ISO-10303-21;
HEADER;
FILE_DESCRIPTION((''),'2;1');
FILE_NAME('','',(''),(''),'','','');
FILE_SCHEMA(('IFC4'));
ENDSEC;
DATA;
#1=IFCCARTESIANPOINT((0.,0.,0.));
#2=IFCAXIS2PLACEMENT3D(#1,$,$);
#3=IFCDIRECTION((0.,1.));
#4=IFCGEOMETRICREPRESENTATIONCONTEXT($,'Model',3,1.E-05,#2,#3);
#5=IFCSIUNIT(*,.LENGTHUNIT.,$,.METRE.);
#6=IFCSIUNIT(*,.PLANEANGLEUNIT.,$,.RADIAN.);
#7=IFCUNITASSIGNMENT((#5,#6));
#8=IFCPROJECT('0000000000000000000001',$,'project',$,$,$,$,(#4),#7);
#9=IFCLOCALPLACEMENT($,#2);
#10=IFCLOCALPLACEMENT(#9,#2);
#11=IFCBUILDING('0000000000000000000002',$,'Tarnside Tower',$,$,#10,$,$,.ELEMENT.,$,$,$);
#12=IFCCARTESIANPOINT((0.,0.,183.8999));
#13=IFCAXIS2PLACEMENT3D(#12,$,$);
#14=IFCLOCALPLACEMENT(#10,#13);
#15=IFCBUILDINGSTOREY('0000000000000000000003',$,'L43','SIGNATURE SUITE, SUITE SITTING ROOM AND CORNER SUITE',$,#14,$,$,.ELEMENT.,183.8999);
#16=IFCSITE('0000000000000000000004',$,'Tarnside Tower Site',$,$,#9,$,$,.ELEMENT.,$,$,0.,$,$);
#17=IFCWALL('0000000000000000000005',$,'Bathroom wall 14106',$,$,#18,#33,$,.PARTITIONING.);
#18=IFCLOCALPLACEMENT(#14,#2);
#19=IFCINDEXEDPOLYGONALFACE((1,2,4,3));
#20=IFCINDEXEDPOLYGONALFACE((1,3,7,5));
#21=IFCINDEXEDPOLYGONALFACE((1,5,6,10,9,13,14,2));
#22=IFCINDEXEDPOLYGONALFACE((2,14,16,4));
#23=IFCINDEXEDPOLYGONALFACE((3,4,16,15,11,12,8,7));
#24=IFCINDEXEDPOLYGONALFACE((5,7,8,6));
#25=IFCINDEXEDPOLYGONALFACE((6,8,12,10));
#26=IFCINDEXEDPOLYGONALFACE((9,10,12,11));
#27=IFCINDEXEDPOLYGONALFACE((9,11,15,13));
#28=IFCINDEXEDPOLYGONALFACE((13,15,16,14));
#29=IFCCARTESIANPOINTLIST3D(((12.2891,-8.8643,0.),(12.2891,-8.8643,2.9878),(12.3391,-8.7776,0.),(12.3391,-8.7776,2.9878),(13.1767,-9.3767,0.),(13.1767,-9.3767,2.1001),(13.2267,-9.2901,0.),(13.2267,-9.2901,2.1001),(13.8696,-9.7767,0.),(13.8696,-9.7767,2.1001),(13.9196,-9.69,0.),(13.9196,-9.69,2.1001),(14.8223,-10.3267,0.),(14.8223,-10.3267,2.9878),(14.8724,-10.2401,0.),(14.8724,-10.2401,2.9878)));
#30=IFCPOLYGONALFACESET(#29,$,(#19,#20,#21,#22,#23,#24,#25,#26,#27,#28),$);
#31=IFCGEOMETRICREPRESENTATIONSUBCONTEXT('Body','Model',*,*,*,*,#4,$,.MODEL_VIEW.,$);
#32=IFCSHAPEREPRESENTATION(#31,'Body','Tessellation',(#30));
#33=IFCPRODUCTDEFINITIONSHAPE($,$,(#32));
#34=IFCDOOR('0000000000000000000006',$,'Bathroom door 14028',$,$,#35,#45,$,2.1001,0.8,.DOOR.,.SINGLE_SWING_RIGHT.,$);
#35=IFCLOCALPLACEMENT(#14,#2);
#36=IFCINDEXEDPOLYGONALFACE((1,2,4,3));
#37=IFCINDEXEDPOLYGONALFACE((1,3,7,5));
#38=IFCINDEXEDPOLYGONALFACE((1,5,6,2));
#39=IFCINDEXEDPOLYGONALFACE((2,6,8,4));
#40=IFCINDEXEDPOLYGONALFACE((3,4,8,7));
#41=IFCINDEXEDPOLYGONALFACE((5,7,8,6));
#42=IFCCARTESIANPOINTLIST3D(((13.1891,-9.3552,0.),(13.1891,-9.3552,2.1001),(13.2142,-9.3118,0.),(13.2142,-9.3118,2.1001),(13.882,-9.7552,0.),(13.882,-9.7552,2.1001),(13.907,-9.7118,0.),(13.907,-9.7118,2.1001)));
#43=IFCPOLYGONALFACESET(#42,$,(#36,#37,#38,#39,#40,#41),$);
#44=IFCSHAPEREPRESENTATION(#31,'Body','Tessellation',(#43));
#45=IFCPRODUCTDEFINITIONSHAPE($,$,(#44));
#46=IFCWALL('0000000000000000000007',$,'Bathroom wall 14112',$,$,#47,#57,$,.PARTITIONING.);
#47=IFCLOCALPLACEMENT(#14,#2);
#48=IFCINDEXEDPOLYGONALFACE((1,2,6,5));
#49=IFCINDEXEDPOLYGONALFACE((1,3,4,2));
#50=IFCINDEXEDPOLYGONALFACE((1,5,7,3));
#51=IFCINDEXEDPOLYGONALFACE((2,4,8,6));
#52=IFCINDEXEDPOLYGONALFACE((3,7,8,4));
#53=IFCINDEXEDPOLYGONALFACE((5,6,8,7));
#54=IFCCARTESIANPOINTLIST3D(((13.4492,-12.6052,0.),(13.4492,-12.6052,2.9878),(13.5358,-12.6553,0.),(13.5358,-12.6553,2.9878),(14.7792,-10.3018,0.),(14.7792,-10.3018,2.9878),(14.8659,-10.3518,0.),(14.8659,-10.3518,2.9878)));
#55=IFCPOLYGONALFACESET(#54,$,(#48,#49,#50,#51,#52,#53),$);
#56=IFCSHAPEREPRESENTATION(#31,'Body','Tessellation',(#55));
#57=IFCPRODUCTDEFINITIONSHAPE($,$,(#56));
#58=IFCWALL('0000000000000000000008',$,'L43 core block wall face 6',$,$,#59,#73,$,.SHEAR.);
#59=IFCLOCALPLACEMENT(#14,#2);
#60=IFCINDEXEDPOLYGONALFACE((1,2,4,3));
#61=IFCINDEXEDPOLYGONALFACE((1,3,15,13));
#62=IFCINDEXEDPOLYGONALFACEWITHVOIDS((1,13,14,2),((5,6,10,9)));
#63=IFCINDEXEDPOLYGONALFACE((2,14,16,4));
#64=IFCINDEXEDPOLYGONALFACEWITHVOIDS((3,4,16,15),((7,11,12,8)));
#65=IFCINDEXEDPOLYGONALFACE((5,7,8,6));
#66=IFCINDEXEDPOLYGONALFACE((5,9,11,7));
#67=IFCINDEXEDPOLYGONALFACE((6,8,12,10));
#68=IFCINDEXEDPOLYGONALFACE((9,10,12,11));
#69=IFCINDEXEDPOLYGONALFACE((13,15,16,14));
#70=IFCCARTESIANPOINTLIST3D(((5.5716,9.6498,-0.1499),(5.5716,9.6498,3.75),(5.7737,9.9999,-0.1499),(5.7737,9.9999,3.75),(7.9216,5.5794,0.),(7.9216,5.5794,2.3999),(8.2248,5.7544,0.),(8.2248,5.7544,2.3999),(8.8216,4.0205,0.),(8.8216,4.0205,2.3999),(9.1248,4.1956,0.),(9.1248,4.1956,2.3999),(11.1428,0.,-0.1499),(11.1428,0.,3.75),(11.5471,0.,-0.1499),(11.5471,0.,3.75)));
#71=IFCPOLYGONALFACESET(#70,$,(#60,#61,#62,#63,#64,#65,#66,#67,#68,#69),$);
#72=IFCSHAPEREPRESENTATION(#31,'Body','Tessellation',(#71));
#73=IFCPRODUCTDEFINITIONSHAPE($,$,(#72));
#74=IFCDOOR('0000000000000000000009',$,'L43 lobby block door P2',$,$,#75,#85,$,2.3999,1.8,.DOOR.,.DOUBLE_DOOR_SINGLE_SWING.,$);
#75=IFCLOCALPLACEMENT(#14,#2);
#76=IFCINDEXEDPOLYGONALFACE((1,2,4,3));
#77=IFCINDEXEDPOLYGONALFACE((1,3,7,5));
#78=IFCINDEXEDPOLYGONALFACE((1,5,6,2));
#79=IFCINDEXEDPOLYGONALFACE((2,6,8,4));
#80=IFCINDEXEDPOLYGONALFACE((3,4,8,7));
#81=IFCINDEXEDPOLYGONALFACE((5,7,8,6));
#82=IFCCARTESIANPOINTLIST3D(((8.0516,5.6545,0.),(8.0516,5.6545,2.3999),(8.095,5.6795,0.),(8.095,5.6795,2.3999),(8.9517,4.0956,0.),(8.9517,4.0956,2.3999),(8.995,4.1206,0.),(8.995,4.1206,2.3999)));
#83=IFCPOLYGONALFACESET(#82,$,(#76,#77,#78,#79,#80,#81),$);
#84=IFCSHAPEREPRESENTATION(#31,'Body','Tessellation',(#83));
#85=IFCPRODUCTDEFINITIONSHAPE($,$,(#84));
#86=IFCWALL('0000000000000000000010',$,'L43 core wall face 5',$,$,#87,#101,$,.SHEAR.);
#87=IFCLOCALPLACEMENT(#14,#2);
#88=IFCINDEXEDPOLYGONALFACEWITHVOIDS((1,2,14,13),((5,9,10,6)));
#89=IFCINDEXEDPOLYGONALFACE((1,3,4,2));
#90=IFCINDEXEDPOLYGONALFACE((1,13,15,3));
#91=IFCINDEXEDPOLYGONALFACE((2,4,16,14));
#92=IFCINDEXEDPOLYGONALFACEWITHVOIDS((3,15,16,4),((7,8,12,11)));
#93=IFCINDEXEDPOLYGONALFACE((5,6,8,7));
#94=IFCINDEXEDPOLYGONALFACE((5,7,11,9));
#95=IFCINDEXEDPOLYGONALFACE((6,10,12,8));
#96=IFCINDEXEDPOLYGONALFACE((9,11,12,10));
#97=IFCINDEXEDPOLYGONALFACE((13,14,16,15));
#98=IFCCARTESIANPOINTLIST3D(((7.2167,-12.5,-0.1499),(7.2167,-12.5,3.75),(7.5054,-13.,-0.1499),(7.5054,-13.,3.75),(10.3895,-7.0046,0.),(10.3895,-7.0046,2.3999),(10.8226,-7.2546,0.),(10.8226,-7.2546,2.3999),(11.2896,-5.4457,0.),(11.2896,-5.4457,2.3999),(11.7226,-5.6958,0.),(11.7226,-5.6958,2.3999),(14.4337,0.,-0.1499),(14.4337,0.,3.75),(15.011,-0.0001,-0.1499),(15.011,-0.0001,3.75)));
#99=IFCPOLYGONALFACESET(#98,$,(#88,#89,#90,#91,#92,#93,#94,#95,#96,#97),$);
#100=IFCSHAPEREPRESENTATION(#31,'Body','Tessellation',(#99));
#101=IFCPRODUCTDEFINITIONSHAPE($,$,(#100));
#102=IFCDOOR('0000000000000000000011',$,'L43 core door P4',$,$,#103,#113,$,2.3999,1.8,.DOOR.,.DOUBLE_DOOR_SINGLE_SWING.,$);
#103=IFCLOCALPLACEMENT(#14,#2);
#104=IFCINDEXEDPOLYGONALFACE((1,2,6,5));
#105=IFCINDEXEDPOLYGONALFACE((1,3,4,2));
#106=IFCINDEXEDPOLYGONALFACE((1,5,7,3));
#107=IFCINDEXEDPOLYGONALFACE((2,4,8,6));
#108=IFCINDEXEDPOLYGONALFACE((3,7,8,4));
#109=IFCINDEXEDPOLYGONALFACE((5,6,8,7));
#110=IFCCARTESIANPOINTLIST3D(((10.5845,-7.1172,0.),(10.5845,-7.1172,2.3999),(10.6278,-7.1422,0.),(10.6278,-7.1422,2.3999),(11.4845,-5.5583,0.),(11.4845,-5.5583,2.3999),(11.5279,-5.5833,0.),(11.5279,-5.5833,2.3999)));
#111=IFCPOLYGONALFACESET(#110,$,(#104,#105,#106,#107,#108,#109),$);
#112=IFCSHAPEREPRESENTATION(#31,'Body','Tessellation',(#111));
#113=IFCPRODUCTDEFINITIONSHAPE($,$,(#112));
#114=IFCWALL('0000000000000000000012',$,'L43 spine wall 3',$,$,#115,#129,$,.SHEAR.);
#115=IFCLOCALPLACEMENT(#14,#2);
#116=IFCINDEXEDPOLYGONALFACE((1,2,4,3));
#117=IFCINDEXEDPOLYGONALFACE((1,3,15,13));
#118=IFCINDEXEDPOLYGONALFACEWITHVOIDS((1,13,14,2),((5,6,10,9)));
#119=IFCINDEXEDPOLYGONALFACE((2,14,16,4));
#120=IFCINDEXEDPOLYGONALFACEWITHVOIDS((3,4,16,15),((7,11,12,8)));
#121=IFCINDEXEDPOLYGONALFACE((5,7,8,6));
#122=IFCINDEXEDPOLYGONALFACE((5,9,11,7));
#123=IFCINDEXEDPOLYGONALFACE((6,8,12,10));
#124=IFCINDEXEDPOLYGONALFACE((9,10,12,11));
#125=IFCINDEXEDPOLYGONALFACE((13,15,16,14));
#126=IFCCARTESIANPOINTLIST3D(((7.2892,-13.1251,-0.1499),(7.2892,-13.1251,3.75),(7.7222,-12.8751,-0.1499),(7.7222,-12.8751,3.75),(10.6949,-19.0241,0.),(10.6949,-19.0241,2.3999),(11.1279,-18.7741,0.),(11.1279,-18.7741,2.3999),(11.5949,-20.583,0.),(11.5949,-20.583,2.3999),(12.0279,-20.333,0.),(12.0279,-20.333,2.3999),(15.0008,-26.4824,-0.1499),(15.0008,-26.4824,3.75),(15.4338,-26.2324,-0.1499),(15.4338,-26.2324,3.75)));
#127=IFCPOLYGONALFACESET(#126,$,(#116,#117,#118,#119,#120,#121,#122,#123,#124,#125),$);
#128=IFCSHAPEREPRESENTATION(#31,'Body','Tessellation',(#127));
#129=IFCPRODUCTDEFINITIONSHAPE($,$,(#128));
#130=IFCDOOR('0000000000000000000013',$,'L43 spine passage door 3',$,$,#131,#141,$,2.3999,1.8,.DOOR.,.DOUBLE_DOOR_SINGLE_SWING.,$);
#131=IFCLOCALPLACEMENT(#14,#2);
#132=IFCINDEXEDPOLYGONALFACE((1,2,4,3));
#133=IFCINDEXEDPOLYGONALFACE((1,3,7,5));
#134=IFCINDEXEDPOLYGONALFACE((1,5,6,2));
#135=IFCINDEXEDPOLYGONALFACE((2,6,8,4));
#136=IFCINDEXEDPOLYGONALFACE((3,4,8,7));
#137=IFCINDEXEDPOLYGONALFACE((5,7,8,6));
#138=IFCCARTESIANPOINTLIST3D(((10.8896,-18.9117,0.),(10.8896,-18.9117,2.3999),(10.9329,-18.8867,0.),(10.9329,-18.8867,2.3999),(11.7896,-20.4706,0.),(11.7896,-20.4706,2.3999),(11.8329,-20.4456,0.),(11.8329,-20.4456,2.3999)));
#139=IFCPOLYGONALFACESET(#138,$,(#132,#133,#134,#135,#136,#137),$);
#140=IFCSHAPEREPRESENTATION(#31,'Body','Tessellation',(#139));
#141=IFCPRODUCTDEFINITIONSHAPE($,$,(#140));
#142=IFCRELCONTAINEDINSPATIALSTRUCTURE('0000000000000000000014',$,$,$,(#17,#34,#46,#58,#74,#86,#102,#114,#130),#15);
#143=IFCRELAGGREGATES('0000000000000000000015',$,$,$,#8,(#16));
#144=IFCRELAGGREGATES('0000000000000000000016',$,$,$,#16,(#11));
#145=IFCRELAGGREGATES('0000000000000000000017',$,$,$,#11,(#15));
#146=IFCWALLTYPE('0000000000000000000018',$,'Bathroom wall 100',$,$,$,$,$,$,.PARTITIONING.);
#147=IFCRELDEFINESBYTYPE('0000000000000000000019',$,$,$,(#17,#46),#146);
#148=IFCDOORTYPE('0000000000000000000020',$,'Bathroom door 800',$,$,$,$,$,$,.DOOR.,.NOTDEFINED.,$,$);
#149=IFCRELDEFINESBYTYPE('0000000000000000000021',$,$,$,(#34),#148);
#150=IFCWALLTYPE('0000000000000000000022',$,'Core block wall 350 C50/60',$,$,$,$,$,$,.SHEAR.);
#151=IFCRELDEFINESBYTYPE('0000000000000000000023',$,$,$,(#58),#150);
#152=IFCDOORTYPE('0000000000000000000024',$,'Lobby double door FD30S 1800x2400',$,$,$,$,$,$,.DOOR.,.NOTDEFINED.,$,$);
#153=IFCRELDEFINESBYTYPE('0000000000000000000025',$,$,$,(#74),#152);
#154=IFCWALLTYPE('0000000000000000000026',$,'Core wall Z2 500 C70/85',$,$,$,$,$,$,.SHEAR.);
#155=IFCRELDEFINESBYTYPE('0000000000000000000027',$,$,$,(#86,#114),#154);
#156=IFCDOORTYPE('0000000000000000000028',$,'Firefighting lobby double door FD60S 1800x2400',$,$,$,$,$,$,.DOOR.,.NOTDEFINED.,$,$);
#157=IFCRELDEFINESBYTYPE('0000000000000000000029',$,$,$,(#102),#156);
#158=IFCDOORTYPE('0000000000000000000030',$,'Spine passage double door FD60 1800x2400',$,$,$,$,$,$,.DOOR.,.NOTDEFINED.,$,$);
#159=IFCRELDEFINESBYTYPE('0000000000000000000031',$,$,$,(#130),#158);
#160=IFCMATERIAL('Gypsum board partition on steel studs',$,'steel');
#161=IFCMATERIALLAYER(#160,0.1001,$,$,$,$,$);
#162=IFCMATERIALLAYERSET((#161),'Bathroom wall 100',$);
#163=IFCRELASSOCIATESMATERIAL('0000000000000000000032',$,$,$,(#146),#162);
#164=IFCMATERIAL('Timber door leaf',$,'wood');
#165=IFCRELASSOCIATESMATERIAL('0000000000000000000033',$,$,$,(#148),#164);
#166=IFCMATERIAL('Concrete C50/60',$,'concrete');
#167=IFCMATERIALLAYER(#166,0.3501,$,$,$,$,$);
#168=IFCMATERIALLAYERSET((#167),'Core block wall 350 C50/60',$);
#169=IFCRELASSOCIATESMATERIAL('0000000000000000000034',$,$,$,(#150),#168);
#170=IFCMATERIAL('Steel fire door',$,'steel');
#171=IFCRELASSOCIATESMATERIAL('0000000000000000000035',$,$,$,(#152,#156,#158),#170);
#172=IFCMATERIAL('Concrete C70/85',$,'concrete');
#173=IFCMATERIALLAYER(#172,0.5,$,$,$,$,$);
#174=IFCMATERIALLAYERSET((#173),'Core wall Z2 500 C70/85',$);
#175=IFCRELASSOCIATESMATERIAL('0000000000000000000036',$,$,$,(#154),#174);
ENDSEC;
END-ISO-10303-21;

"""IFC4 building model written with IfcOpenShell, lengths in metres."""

from ifc_helpers import new_model, si_unit, direction, frame, frame_2d, origin, place, context, subcontext, project, spatial, polyline, rectangle, outline, extrude, material, layer, layer_set, type_object, element, fill, save


model = new_model("IFC4")

# Units and contexts
model_context = context("Model", 3, precision=1e-05, world=origin(), true_north=direction((0.0, 1.0)))
body_context = subcontext(model_context, "Body", "Model", "MODEL_VIEW")
ifc_project = project(units=[si_unit("LENGTHUNIT", "METRE"), si_unit("PLANEANGLEUNIT", "RADIAN")], contexts=[model_context])

# Site, building, storey
site_placement = place(None, origin())
site = spatial("IfcSite", under=ifc_project, at=site_placement, Name="Tarnside Tower Site", CompositionType="ELEMENT", RefElevation=0.0)
building_placement = place(site_placement, origin())
building = spatial("IfcBuilding", under=site, at=building_placement, Name="Tarnside Tower", CompositionType="ELEMENT")
storey_placement = place(building_placement, frame((0.0, 0.0, 183.8999)))
storey = spatial("IfcBuildingStorey", under=building, at=storey_placement, Name="L43", Description="SIGNATURE SUITE, SUITE SITTING ROOM AND CORNER SUITE", CompositionType="ELEMENT", Elevation=183.8999)

# Wall, opening, door
ifc_material_1 = material(Name="Gypsum board partition on steel studs", Category="steel")
ifc_layer_1 = layer(ifc_material_1, 0.1001)
ifc_layer_set_1 = layer_set([ifc_layer_1], Name="Bathroom wall 100")
wall_type_1 = type_object("IfcWallType", Name="Bathroom wall 100", PredefinedType="PARTITIONING", material=ifc_layer_set_1)
wall_1_placement = place(storey_placement, frame((12.3142, -8.821, 0.0), z_axis=(0.0, 0.0, 1.0), x_axis=(0.866047, -0.499963, 0.0)))
wall_1 = element("IfcWall", 1, at=wall_1_placement, inside=storey, type_object=wall_type_1, Name="Bathroom wall 14106", PredefinedType="PARTITIONING", context=body_context, shape_type="SweptSolid", body=[
    extrude(rectangle(XDim=2.925, YDim=0.1001, at=frame_2d((1.4624, 0.0))), origin(), (0.0, 0.0, 1.0), 2.9878),
])
opening_1_placement = place(wall_1_placement, frame((1.0249, 0.0, 0.0)))
opening_1 = element("IfcOpeningElement", 2, at=opening_1_placement, cuts=wall_1, PredefinedType="OPENING", context=body_context, shape_type="SweptSolid", body=[
    extrude(rectangle(XDim=0.8, YDim=2.1001, at=frame_2d((0.3999, 1.05))), frame((0.0, 0.0601, 0.0), z_axis=(0.0, -1.0, 0.0), x_axis=(1.0, 0.0, 0.0)), (0.0, 0.0, 1.0), 0.1201),
])
ifc_material_2 = material(Name="Timber door leaf", Category="wood")
door_type_1 = type_object("IfcDoorType", Name="Bathroom door 800", OperationType="NOTDEFINED", PredefinedType="DOOR", material=ifc_material_2)
door_1_placement = place(opening_1_placement, origin())
door_1 = element("IfcDoor", 3, at=door_1_placement, inside=storey, type_object=door_type_1, Name="Bathroom door 14028", OperationType="SINGLE_SWING_RIGHT", OverallHeight=2.1001, OverallWidth=0.8, PredefinedType="DOOR", context=body_context, shape_type="SweptSolid", body=[
    extrude(rectangle(XDim=0.8, YDim=2.1001, at=frame_2d((0.3999, 1.05))), frame((0.0, 0.0249, 0.0), z_axis=(0.0, -1.0, 0.0), x_axis=(1.0, 0.0, 0.0)), (0.0, 0.0, 1.0), 0.05),
])
fill(opening_1, door_1)

# Wall
wall_2_placement = place(storey_placement, frame((13.4924, -12.6304, 0.0), z_axis=(0.0, 0.0, 1.0), x_axis=(0.500048, 0.865998, 0.0)))
element("IfcWall", 4, at=wall_2_placement, inside=storey, type_object=wall_type_1, Name="Bathroom wall 14112", PredefinedType="PARTITIONING", context=body_context, shape_type="SweptSolid", body=[
    extrude(rectangle(XDim=2.6599, YDim=0.1001, at=frame_2d((1.3301, 0.0))), origin(), (0.0, 0.0, 1.0), 2.9878),
])

# Walls, openings, doors
ifc_material_3 = material(Name="Concrete C50/60", Category="concrete")
ifc_layer_2 = layer(ifc_material_3, 0.3501)
ifc_layer_set_2 = layer_set([ifc_layer_2], Name="Core block wall 350 C50/60")
wall_type_2 = type_object("IfcWallType", Name="Core block wall 350 C50/60", PredefinedType="SHEAR", material=ifc_layer_set_2)
wall_3_placement = place(storey_placement, frame((11.345, 0.0, -0.1499), z_axis=(0.0, 0.0, 1.0), x_axis=(-0.499995, 0.866028, 0.0)))
wall_3 = element("IfcWall", 5, at=wall_3_placement, inside=storey, type_object=wall_type_2, Name="L43 core block wall face 6", PredefinedType="SHEAR", context=body_context, shape_type="SweptSolid", body=[
    extrude(outline(polyline([(-0.1011, -0.175), (11.4458, -0.175), (11.2437, 0.175), (0.1011, 0.175), (-0.1011, -0.175)])), origin(), (0.0, 0.0, 1.0), 3.8999),
])
opening_2_placement = place(wall_3_placement, frame((4.7437, 0.0, 0.1499)))
opening_2 = element("IfcOpeningElement", 6, at=opening_2_placement, cuts=wall_3, PredefinedType="OPENING", context=body_context, shape_type="SweptSolid", body=[
    extrude(rectangle(XDim=1.8, YDim=2.3999, at=frame_2d((0.8999, 1.2))), frame((0.0, 0.1851, 0.0), z_axis=(0.0, -1.0, 0.0), x_axis=(1.0, 0.0, 0.0)), (0.0, 0.0, 1.0), 0.3701),
])
ifc_material_4 = material(Name="Steel fire door", Category="steel")
door_type_2 = type_object("IfcDoorType", Name="Lobby double door FD30S 1800x2400", OperationType="NOTDEFINED", PredefinedType="DOOR", material=ifc_material_4)
door_2_placement = place(opening_2_placement, origin())
door_2 = element("IfcDoor", 7, at=door_2_placement, inside=storey, type_object=door_type_2, Name="L43 lobby block door P2", OperationType="DOUBLE_DOOR_SINGLE_SWING", OverallHeight=2.3999, OverallWidth=1.8, PredefinedType="DOOR", context=body_context, shape_type="SweptSolid", body=[
    extrude(rectangle(XDim=1.8, YDim=2.3999, at=frame_2d((0.8999, 1.2))), frame((0.0, 0.0249, 0.0), z_axis=(0.0, -1.0, 0.0), x_axis=(1.0, 0.0, 0.0)), (0.0, 0.0, 1.0), 0.05),
])
fill(opening_2, door_2)
ifc_material_5 = material(Name="Concrete C70/85", Category="concrete")
ifc_layer_3 = layer(ifc_material_5, 0.5)
ifc_layer_set_3 = layer_set([ifc_layer_3], Name="Core wall Z2 500 C70/85")
wall_type_3 = type_object("IfcWallType", Name="Core wall Z2 500 C70/85", PredefinedType="SHEAR", material=ifc_layer_set_3)
wall_4_placement = place(storey_placement, frame((7.3611, -12.75, -0.1499), z_axis=(0.0, 0.0, 1.0), x_axis=(0.500006, 0.866022, 0.0)))
wall_4 = element("IfcWall", 8, at=wall_4_placement, inside=storey, type_object=wall_type_3, Name="L43 core wall face 5", PredefinedType="SHEAR", context=body_context, shape_type="SweptSolid", body=[
    extrude(outline(polyline([(-0.1443, -0.25), (14.8667, -0.25), (14.5781, 0.25), (0.1443, 0.25), (-0.1443, -0.25)])), origin(), (0.0, 0.0, 1.0), 3.8999),
])
opening_3_placement = place(wall_4_placement, frame((6.49, 0.0, 0.1499)))
opening_3 = element("IfcOpeningElement", 9, at=opening_3_placement, cuts=wall_4, PredefinedType="OPENING", context=body_context, shape_type="SweptSolid", body=[
    extrude(rectangle(XDim=1.8, YDim=2.3999, at=frame_2d((0.8999, 1.2))), frame((0.0, 0.26, 0.0), z_axis=(0.0, -1.0, 0.0), x_axis=(1.0, 0.0, 0.0)), (0.0, 0.0, 1.0), 0.52),
])
door_type_3 = type_object("IfcDoorType", Name="Firefighting lobby double door FD60S 1800x2400", OperationType="NOTDEFINED", PredefinedType="DOOR", material=ifc_material_4)
door_3_placement = place(opening_3_placement, origin())
door_3 = element("IfcDoor", 10, at=door_3_placement, inside=storey, type_object=door_type_3, Name="L43 core door P4", OperationType="DOUBLE_DOOR_SINGLE_SWING", OverallHeight=2.3999, OverallWidth=1.8, PredefinedType="DOOR", context=body_context, shape_type="SweptSolid", body=[
    extrude(rectangle(XDim=1.8, YDim=2.3999, at=frame_2d((0.8999, 1.2))), frame((0.0, 0.0249, 0.0), z_axis=(0.0, -1.0, 0.0), x_axis=(1.0, 0.0, 0.0)), (0.0, 0.0, 1.0), 0.05),
])
fill(opening_3, door_3)
wall_5_placement = place(storey_placement, frame((7.5056, -13.0, -0.1499), z_axis=(0.0, 0.0, 1.0), x_axis=(0.499988, -0.866032, 0.0)))
wall_5 = element("IfcWall", 11, at=wall_5_placement, inside=storey, type_object=wall_type_3, Name="L43 spine wall 3", PredefinedType="SHEAR", context=body_context, shape_type="SweptSolid", body=[
    extrude(rectangle(XDim=15.4236, YDim=0.5, at=frame_2d((7.7119, 0.0))), origin(), (0.0, 0.0, 1.0), 3.8999),
])
opening_4_placement = place(wall_5_placement, frame((6.8118, 0.0, 0.1499)))
opening_4 = element("IfcOpeningElement", 12, at=opening_4_placement, cuts=wall_5, PredefinedType="OPENING", context=body_context, shape_type="SweptSolid", body=[
    extrude(rectangle(XDim=1.8, YDim=2.3999, at=frame_2d((0.8999, 1.2))), frame((0.0, 0.26, 0.0), z_axis=(0.0, -1.0, 0.0), x_axis=(1.0, 0.0, 0.0)), (0.0, 0.0, 1.0), 0.52),
])
door_type_4 = type_object("IfcDoorType", Name="Spine passage double door FD60 1800x2400", OperationType="NOTDEFINED", PredefinedType="DOOR", material=ifc_material_4)
door_4_placement = place(opening_4_placement, origin())
door_4 = element("IfcDoor", 13, at=door_4_placement, inside=storey, type_object=door_type_4, Name="L43 spine passage door 3", OperationType="DOUBLE_DOOR_SINGLE_SWING", OverallHeight=2.3999, OverallWidth=1.8, PredefinedType="DOOR", context=body_context, shape_type="SweptSolid", body=[
    extrude(rectangle(XDim=1.8, YDim=2.3999, at=frame_2d((0.8999, 1.2))), frame((0.0, 0.0249, 0.0), z_axis=(0.0, -1.0, 0.0), x_axis=(1.0, 0.0, 0.0)), (0.0, 0.0, 1.0), 0.05),
])
fill(opening_4, door_4)

save(model, "model.ifc")
